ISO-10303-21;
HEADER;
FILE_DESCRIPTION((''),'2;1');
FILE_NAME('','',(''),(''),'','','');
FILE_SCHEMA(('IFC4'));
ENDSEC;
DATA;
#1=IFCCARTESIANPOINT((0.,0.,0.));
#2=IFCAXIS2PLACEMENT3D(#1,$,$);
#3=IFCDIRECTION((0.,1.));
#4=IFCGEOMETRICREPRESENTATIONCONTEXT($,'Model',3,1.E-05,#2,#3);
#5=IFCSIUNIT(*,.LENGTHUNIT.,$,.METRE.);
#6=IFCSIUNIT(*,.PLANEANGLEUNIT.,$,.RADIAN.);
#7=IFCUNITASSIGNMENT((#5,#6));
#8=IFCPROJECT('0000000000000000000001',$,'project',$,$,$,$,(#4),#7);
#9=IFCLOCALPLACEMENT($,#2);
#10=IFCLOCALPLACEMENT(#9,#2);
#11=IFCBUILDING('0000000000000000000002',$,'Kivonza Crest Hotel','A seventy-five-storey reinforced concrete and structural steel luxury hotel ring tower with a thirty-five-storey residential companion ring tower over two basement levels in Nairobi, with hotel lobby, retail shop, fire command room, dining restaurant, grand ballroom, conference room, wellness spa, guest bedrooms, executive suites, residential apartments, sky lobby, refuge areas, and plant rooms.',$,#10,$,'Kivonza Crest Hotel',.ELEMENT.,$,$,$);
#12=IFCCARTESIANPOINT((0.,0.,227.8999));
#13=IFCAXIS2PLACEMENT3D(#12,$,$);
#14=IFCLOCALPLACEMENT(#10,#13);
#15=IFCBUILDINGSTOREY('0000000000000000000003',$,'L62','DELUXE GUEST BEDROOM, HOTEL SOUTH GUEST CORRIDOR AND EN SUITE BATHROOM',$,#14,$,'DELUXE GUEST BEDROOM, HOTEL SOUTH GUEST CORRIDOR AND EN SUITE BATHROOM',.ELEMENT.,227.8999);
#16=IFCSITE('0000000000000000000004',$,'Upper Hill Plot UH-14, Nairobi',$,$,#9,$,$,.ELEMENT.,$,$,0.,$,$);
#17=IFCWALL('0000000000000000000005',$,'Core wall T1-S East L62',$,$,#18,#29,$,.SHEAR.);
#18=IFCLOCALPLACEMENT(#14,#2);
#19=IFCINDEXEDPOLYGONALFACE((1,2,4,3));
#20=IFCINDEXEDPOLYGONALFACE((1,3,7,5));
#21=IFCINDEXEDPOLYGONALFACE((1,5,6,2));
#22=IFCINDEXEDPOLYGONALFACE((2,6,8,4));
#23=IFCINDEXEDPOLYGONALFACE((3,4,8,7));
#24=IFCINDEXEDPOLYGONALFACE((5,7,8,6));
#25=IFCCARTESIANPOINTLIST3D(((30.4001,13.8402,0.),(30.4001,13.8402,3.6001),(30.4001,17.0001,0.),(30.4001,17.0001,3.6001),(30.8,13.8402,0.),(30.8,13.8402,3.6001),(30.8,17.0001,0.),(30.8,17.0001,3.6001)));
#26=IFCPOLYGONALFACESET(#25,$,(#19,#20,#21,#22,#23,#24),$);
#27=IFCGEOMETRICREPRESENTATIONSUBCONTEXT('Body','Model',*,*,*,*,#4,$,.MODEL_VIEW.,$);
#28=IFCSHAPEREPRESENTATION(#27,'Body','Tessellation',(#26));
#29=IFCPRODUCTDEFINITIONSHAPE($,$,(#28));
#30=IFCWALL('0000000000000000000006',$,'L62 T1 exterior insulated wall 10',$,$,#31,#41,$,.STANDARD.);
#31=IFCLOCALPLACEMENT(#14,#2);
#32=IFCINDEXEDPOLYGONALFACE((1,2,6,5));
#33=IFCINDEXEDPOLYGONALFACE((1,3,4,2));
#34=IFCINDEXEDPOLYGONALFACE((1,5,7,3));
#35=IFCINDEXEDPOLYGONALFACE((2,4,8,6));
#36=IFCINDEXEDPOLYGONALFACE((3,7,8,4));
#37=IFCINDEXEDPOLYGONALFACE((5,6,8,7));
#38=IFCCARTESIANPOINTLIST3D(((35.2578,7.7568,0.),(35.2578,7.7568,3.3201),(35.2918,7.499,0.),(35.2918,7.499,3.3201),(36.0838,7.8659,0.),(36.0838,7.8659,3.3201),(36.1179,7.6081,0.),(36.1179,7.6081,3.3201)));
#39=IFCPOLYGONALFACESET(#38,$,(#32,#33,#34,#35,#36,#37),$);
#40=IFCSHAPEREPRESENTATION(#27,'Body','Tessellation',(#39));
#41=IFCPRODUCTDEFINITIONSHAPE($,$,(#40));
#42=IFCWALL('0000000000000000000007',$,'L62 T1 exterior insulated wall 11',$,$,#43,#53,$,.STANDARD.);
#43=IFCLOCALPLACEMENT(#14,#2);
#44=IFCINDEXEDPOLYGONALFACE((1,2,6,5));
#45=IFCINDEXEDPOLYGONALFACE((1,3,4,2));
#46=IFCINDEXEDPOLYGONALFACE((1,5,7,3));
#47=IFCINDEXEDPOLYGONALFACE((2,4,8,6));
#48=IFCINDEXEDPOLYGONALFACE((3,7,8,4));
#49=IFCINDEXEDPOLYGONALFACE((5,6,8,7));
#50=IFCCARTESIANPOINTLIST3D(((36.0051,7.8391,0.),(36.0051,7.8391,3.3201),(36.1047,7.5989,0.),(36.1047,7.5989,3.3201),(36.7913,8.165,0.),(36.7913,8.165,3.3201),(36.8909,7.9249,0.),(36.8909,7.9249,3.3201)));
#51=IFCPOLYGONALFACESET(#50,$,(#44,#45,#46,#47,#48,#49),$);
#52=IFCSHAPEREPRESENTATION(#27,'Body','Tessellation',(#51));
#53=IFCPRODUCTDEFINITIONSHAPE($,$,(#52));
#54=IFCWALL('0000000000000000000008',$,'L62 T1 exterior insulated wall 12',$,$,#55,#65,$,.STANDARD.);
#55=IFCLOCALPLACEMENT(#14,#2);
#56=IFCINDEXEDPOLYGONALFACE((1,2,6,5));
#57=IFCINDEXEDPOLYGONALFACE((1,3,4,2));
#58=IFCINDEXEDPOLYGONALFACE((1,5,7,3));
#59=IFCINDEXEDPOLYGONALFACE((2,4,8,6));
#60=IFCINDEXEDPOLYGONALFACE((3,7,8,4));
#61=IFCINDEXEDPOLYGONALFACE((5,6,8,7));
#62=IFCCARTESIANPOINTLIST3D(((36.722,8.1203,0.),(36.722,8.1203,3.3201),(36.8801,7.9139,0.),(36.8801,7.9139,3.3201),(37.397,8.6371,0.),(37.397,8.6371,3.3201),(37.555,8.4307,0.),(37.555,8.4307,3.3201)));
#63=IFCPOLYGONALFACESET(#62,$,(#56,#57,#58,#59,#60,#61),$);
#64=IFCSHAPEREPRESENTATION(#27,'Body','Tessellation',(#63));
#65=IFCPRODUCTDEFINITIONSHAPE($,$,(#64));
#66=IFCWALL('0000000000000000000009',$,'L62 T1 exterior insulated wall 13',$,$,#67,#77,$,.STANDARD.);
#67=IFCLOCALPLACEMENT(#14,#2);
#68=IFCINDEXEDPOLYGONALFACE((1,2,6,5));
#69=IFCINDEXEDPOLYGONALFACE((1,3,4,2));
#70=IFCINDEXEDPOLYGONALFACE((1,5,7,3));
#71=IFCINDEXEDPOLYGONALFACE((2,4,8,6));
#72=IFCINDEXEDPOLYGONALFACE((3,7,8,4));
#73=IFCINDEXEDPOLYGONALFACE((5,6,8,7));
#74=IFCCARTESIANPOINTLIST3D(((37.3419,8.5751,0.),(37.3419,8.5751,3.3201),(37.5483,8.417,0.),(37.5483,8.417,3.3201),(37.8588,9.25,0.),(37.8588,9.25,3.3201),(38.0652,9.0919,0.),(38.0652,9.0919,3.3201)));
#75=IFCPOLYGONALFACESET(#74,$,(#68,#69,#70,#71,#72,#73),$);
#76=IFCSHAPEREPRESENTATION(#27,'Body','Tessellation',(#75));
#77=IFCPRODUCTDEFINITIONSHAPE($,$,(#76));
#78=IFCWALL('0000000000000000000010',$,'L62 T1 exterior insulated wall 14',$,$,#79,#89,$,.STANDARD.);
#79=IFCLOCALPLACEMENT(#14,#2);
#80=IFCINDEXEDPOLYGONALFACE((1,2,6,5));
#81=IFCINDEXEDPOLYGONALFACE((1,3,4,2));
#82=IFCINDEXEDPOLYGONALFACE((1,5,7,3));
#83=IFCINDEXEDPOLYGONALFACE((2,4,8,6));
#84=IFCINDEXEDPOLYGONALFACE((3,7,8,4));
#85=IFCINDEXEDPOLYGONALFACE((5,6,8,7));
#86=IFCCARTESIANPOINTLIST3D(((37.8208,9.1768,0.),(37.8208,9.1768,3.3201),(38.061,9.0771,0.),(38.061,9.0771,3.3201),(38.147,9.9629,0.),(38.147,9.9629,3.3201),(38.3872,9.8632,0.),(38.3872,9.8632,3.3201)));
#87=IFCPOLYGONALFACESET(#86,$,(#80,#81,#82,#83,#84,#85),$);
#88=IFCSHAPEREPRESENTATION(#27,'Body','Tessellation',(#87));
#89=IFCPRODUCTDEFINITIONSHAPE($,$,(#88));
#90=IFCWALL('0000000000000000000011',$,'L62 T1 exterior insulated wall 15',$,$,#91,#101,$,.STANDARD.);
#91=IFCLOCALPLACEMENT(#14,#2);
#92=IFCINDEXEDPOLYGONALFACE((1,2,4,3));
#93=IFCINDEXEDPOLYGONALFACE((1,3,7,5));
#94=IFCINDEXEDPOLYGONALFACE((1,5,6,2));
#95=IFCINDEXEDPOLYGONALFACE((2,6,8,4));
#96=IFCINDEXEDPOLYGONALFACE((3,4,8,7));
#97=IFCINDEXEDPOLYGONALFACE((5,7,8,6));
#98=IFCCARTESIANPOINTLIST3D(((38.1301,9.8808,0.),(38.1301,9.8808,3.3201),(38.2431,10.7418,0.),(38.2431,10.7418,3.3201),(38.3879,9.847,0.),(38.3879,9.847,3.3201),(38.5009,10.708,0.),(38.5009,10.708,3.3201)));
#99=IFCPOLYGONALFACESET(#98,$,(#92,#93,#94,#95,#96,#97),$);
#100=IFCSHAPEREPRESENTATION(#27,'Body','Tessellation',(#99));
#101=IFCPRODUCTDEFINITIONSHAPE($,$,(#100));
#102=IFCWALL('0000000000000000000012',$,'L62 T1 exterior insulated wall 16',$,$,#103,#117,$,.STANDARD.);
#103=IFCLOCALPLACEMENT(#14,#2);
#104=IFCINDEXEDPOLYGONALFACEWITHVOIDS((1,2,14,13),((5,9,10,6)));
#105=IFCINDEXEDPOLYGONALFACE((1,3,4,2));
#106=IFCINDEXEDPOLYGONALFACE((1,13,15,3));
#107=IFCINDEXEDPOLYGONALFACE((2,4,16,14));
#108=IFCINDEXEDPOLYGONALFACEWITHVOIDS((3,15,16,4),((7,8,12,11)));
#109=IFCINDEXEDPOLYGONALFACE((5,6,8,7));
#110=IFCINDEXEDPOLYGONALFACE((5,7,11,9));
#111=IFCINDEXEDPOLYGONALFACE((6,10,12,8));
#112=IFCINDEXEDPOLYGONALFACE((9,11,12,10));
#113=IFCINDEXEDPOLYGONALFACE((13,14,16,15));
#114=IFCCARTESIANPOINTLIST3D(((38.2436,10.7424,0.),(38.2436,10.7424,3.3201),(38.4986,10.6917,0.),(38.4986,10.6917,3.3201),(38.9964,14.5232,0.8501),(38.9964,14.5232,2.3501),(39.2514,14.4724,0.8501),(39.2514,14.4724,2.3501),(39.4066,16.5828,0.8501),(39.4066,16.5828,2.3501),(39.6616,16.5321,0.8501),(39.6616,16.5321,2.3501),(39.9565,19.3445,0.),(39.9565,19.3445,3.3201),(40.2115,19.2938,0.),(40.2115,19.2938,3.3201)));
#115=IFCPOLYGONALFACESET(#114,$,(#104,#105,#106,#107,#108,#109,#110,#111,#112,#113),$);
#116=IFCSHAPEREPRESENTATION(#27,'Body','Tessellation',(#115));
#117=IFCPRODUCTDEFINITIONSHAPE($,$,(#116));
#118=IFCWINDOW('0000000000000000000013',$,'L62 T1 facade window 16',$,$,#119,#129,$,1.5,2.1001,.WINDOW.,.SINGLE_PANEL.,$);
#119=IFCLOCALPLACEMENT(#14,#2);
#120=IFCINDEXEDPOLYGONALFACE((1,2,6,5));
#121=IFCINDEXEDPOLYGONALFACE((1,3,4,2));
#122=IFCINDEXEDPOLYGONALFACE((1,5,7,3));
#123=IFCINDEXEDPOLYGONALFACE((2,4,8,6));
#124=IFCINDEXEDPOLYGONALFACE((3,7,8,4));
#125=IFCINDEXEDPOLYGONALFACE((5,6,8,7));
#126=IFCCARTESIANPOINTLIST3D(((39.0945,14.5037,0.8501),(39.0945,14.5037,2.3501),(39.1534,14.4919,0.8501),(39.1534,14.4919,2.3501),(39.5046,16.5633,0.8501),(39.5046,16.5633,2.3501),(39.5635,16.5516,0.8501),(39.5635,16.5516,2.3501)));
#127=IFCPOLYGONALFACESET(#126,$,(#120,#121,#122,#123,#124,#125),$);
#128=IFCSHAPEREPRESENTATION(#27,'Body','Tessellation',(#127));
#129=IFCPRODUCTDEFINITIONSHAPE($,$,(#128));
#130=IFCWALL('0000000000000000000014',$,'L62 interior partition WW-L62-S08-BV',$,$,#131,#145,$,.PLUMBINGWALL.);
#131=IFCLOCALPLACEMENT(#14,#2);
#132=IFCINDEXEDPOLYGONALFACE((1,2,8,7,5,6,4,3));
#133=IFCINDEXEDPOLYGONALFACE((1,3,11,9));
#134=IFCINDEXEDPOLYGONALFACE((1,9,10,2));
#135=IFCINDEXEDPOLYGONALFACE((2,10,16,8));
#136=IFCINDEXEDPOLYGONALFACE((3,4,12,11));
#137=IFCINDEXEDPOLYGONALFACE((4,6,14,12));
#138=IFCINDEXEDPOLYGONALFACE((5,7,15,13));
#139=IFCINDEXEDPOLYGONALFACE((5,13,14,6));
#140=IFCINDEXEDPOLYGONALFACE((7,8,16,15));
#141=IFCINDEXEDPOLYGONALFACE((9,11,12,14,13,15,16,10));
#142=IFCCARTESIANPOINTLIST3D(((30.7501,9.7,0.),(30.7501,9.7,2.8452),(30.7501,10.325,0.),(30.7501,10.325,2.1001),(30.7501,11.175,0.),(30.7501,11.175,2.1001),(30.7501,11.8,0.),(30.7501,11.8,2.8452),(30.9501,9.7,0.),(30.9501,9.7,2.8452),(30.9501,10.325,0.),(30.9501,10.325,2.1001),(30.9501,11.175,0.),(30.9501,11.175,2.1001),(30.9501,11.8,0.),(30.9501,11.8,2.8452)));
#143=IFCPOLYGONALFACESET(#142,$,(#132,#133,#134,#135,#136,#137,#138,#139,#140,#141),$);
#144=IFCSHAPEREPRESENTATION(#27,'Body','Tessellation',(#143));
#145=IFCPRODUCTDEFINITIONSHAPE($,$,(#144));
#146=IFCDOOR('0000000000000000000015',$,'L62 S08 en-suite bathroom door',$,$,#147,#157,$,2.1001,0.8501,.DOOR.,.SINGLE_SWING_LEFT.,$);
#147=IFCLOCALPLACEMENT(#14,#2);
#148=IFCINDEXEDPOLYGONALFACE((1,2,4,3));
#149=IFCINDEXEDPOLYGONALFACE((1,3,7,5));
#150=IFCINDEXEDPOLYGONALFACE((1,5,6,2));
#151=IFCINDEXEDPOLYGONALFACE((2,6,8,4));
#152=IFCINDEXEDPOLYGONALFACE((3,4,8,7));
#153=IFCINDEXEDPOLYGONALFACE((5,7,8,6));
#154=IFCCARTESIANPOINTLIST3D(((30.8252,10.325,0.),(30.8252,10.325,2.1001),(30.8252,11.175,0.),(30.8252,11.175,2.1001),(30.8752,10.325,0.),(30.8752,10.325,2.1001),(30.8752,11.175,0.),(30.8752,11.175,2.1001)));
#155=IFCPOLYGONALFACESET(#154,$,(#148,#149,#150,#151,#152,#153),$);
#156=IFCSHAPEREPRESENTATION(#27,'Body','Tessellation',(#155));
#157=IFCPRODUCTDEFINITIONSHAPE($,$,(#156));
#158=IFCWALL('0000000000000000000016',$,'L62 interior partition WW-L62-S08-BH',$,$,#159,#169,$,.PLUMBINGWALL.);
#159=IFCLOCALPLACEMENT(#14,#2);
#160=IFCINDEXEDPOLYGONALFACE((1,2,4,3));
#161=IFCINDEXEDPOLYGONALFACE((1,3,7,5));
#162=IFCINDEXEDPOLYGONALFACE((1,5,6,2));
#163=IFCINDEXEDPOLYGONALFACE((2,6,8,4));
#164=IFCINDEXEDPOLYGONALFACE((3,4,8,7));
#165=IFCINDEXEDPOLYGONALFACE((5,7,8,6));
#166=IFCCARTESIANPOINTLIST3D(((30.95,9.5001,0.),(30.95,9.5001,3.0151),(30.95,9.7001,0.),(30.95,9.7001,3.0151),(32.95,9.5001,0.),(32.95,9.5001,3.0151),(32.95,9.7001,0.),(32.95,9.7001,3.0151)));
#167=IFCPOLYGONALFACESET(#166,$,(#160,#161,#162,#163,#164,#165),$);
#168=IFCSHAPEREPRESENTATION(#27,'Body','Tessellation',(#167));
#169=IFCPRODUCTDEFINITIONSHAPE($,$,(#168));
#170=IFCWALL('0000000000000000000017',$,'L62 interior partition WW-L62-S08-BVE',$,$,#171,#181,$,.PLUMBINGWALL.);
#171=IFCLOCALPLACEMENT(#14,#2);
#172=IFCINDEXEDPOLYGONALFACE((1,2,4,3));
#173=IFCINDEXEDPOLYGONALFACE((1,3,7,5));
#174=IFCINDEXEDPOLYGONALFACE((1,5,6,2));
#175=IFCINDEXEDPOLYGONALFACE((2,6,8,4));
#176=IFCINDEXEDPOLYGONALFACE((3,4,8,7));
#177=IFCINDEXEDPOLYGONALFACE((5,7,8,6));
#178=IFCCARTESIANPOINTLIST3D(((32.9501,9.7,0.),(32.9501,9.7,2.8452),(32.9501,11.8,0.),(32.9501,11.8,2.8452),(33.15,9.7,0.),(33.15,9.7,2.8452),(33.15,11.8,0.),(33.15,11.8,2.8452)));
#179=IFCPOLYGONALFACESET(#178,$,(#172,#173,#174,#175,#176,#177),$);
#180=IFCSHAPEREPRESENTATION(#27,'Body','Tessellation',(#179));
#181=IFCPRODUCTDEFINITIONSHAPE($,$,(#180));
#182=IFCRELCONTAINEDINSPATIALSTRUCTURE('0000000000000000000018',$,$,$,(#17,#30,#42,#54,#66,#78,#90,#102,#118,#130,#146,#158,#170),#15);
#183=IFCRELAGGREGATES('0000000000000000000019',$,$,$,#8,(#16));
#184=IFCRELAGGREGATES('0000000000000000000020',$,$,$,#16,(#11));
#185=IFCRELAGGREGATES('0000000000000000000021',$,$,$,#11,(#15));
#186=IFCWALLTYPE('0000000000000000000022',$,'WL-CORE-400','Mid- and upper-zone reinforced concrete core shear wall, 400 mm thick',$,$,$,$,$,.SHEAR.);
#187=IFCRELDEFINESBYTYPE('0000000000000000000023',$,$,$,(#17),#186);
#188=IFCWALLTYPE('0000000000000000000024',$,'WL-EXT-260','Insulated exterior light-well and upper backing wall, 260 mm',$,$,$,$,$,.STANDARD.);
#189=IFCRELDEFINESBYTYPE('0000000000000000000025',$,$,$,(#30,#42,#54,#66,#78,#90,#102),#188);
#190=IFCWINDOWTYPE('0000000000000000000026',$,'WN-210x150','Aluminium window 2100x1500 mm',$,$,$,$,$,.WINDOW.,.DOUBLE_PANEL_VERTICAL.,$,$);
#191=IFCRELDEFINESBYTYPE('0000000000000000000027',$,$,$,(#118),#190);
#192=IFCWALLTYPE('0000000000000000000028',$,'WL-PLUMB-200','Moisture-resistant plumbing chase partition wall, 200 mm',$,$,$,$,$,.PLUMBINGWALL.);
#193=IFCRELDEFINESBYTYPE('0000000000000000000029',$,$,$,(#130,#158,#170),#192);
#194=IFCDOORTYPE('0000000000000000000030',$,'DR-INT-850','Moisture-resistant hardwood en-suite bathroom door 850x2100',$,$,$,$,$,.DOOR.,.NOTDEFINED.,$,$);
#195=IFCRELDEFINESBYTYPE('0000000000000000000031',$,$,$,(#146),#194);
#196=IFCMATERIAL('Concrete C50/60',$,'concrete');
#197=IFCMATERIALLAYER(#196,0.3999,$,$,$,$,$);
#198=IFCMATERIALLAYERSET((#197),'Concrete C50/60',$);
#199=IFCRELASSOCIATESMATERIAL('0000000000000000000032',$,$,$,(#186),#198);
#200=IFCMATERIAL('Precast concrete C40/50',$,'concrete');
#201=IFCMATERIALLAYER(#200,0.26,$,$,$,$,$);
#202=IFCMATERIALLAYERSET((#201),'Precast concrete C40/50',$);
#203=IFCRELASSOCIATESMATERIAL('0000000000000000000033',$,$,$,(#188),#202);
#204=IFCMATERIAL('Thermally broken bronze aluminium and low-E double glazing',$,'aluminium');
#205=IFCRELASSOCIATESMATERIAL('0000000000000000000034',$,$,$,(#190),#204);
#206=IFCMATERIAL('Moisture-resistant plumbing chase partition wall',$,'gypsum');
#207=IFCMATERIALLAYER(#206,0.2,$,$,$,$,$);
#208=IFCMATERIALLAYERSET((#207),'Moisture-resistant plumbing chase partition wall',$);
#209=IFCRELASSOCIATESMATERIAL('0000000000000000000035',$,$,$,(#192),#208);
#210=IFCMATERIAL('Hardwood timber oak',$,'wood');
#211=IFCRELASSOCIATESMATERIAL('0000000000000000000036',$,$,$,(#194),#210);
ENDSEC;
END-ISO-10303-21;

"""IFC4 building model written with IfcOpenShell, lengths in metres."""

from ifc_helpers import new_model, si_unit, direction, frame, frame_2d, origin, place, context, subcontext, project, spatial, rectangle, extrude, material, layer, layer_set, type_object, element, fill, save


model = new_model("IFC4")

# Units and contexts
model_context = context("Model", 3, precision=1e-05, world=origin(), true_north=direction((0.0, 1.0)))
body_context = subcontext(model_context, "Body", "Model", "MODEL_VIEW")
ifc_project = project(units=[si_unit("LENGTHUNIT", "METRE"), si_unit("PLANEANGLEUNIT", "RADIAN")], contexts=[model_context])

# Site, building, storey
site_placement = place(None, origin())
site = spatial("IfcSite", under=ifc_project, at=site_placement, Name="Upper Hill Plot UH-14, Nairobi", CompositionType="ELEMENT", RefElevation=0.0)
building_placement = place(site_placement, origin())
building = spatial("IfcBuilding", under=site, at=building_placement, Name="Kivonza Crest Hotel", Description="A seventy-five-storey reinforced concrete and structural steel luxury hotel ring tower with a thirty-five-storey residential companion ring tower over two basement levels in Nairobi, with hotel lobby, retail shop, fire command room, dining restaurant, grand ballroom, conference room, wellness spa, guest bedrooms, executive suites, residential apartments, sky lobby, refuge areas, and plant rooms.", LongName="Kivonza Crest Hotel", CompositionType="ELEMENT")
storey_placement = place(building_placement, frame((0.0, 0.0, 227.8999)))
storey = spatial("IfcBuildingStorey", under=building, at=storey_placement, Name="L62", Description="DELUXE GUEST BEDROOM, HOTEL SOUTH GUEST CORRIDOR AND EN SUITE BATHROOM", LongName="DELUXE GUEST BEDROOM, HOTEL SOUTH GUEST CORRIDOR AND EN SUITE BATHROOM", CompositionType="ELEMENT", Elevation=227.8999)

# Shared definitions
ifc_material_1 = material(Name="Concrete C50/60", Category="concrete")

# Shared definitions
ifc_material_2 = material(Name="Hardwood timber oak", Category="wood")

# Walls
ifc_layer_1 = layer(ifc_material_1, 0.3999)
ifc_layer_set_1 = layer_set([ifc_layer_1], Name="Concrete C50/60")
wall_type_1 = type_object("IfcWallType", Name="WL-CORE-400", Description="Mid- and upper-zone reinforced concrete core shear wall, 400 mm thick", PredefinedType="SHEAR", material=ifc_layer_set_1)
wall_1_placement = place(storey_placement, frame((30.6001, 13.8401, 0.0), z_axis=(0.0, 0.0, 1.0), x_axis=(0.0, 1.0, 0.0)))
element("IfcWall", 1, at=wall_1_placement, inside=storey, type_object=wall_type_1, Name="Core wall T1-S East L62", PredefinedType="SHEAR", context=body_context, shape_type="SweptSolid", body=[
    extrude(rectangle(XDim=3.1599, YDim=0.3999, at=frame_2d((1.5801, 0.0))), origin(), (0.0, 0.0, 1.0), 3.6001),
])
ifc_material_3 = material(Name="Precast concrete C40/50", Category="concrete")
ifc_layer_2 = layer(ifc_material_3, 0.26)
ifc_layer_set_2 = layer_set([ifc_layer_2], Name="Precast concrete C40/50")
wall_type_2 = type_object("IfcWallType", Name="WL-EXT-260", Description="Insulated exterior light-well and upper backing wall, 260 mm", PredefinedType="STANDARD", material=ifc_layer_set_2)
wall_2_placement = place(storey_placement, frame((35.2749, 7.6279, 0.0), z_axis=(0.0, 0.0, 1.0), x_axis=(0.991388, 0.130955, 0.0)))
element("IfcWall", 2, at=wall_2_placement, inside=storey, type_object=wall_type_2, Name="L62 T1 exterior insulated wall 10", PredefinedType="STANDARD", context=body_context, shape_type="SweptSolid", body=[
    extrude(rectangle(XDim=0.8333, YDim=0.26, at=frame_2d((0.4165, 0.0))), origin(), (0.0, 0.0, 1.0), 3.3201),
])
wall_3_placement = place(storey_placement, frame((36.0549, 7.719, 0.0), z_axis=(0.0, 0.0, 1.0), x_axis=(0.923754, 0.382985, 0.0)))
element("IfcWall", 3, at=wall_3_placement, inside=storey, type_object=wall_type_2, Name="L62 T1 exterior insulated wall 11", PredefinedType="STANDARD", context=body_context, shape_type="SweptSolid", body=[
    extrude(rectangle(XDim=0.8511, YDim=0.26, at=frame_2d((0.4255, 0.0))), origin(), (0.0, 0.0, 1.0), 3.3201),
])
for number, where, z_axis, x_axis, name in (
    (4, (36.801, 8.0171, 0.0), (0.0, 0.0, 1.0), (0.793999, 0.607919, 0.0), "L62 T1 exterior insulated wall 12"),
    (5, (37.4451, 8.4961, 0.0), (0.0, 0.0, 1.0), (0.608058, 0.793893, 0.0), "L62 T1 exterior insulated wall 13"),
):
    element("IfcWall", number, at=place(storey_placement, frame(where, z_axis=z_axis, x_axis=x_axis)), inside=storey, type_object=wall_type_2, Name=name, PredefinedType="STANDARD", context=body_context, shape_type="SweptSolid", body=[
        extrude(rectangle(XDim=0.8501, YDim=0.26, at=frame_2d((0.425, 0.0))), origin(), (0.0, 0.0, 1.0), 3.3201),
    ])
wall_4_placement = place(storey_placement, frame((37.9409, 9.127, 0.0), z_axis=(0.0, 0.0, 1.0), x_axis=(0.38323, 0.923653, 0.0)))
element("IfcWall", 6, at=wall_4_placement, inside=storey, type_object=wall_type_2, Name="L62 T1 exterior insulated wall 14", PredefinedType="STANDARD", context=body_context, shape_type="SweptSolid", body=[
    extrude(rectangle(XDim=0.8511, YDim=0.26, at=frame_2d((0.4255, 0.0))), origin(), (0.0, 0.0, 1.0), 3.3201),
])
wall_5_placement = place(storey_placement, frame((38.259, 9.864, 0.0), z_axis=(0.0, 0.0, 1.0), x_axis=(0.130156, 0.991493, 0.0)))
element("IfcWall", 7, at=wall_5_placement, inside=storey, type_object=wall_type_2, Name="L62 T1 exterior insulated wall 15", PredefinedType="STANDARD", context=body_context, shape_type="SweptSolid", body=[
    extrude(rectangle(XDim=0.8684, YDim=0.26, at=frame_2d((0.4341, 0.0))), origin(), (0.0, 0.0, 1.0), 3.3201),
])

# Wall, opening, window
wall_6_placement = place(storey_placement, frame((38.3711, 10.717, 0.0), z_axis=(0.0, 0.0, 1.0), x_axis=(0.195292, 0.980745, 0.0)))
wall_6 = element("IfcWall", 8, at=wall_6_placement, inside=storey, type_object=wall_type_2, Name="L62 T1 exterior insulated wall 16", PredefinedType="STANDARD", context=body_context, shape_type="SweptSolid", body=[
    extrude(rectangle(XDim=8.771, YDim=0.26, at=frame_2d((4.3855, 0.0))), origin(), (0.0, 0.0, 1.0), 3.3201),
])
opening_1_placement = place(wall_6_placement, frame((3.855, 0.0, 0.8501)))
opening_1 = element("IfcOpeningElement", 9, at=opening_1_placement, cuts=wall_6, PredefinedType="OPENING", context=body_context, shape_type="SweptSolid", body=[
    extrude(rectangle(XDim=2.1001, YDim=1.5, at=frame_2d((1.05, 0.75))), frame((0.0, 0.1401, 0.0), z_axis=(0.0, -1.0, 0.0), x_axis=(1.0, 0.0, 0.0)), (0.0, 0.0, 1.0), 0.28),
])
ifc_material_4 = material(Name="Thermally broken bronze aluminium and low-E double glazing", Category="aluminium")
window_type = type_object("IfcWindowType", Name="WN-210x150", Description="Aluminium window 2100x1500 mm", PartitioningType="DOUBLE_PANEL_VERTICAL", PredefinedType="WINDOW", material=ifc_material_4)
window_placement = place(opening_1_placement, origin())
window = element("IfcWindow", 10, at=window_placement, inside=storey, type_object=window_type, Name="L62 T1 facade window 16", OverallHeight=1.5, OverallWidth=2.1001, PartitioningType="SINGLE_PANEL", PredefinedType="WINDOW", context=body_context, shape_type="SweptSolid", body=[
    extrude(rectangle(XDim=2.1001, YDim=1.5, at=frame_2d((1.05, 0.75))), frame((0.0, 0.03, 0.0), z_axis=(0.0, -1.0, 0.0), x_axis=(1.0, 0.0, 0.0)), (0.0, 0.0, 1.0), 0.0601),
])
fill(opening_1, window)

# Wall, opening, door
ifc_material_5 = material(Name="Moisture-resistant plumbing chase partition wall", Category="gypsum")
ifc_layer_3 = layer(ifc_material_5, 0.2)
ifc_layer_set_3 = layer_set([ifc_layer_3], Name="Moisture-resistant plumbing chase partition wall")
wall_type_3 = type_object("IfcWallType", Name="WL-PLUMB-200", Description="Moisture-resistant plumbing chase partition wall, 200 mm", PredefinedType="PLUMBINGWALL", material=ifc_layer_set_3)
wall_7_placement = place(storey_placement, frame((30.8501, 9.7, 0.0), z_axis=(0.0, 0.0, 1.0), x_axis=(0.0, 1.0, 0.0)))
wall_7 = element("IfcWall", 11, at=wall_7_placement, inside=storey, type_object=wall_type_3, Name="L62 interior partition WW-L62-S08-BV", PredefinedType="PLUMBINGWALL", context=body_context, shape_type="SweptSolid", body=[
    extrude(rectangle(XDim=2.1001, YDim=0.2, at=frame_2d((1.05, 0.0))), origin(), (0.0, 0.0, 1.0), 2.8452),
])
opening_2_placement = place(wall_7_placement, frame((0.625, 0.0, 0.0)))
opening_2 = element("IfcOpeningElement", 12, at=opening_2_placement, cuts=wall_7, PredefinedType="OPENING", context=body_context, shape_type="SweptSolid", body=[
    extrude(rectangle(XDim=0.8501, YDim=2.1001, at=frame_2d((0.425, 1.05))), frame((0.0, 0.1099, 0.0), z_axis=(0.0, -1.0, 0.0), x_axis=(1.0, 0.0, 0.0)), (0.0, 0.0, 1.0), 0.22),
])
door_type_1 = type_object("IfcDoorType", Name="DR-INT-850", Description="Moisture-resistant hardwood en-suite bathroom door 850x2100", OperationType="NOTDEFINED", PredefinedType="DOOR", material=ifc_material_2)
door_1_placement = place(opening_2_placement, origin())
door_1 = element("IfcDoor", 13, at=door_1_placement, inside=storey, type_object=door_type_1, Name="L62 S08 en-suite bathroom door", OperationType="SINGLE_SWING_LEFT", OverallHeight=2.1001, OverallWidth=0.8501, PredefinedType="DOOR", context=body_context, shape_type="SweptSolid", body=[
    extrude(rectangle(XDim=0.8501, YDim=2.1001, at=frame_2d((0.425, 1.05))), frame((0.0, 0.0249, 0.0), z_axis=(0.0, -1.0, 0.0), x_axis=(1.0, 0.0, 0.0)), (0.0, 0.0, 1.0), 0.05),
])
fill(opening_2, door_1)

# Walls
wall_8_placement = place(storey_placement, frame((30.95, 9.6001, 0.0), z_axis=(0.0, 0.0, 1.0), x_axis=(1.0, 0.0, 0.0)))
element("IfcWall", 14, at=wall_8_placement, inside=storey, type_object=wall_type_3, Name="L62 interior partition WW-L62-S08-BH", PredefinedType="PLUMBINGWALL", context=body_context, shape_type="SweptSolid", body=[
    extrude(rectangle(XDim=2.0, YDim=0.2, at=frame_2d((1.0, 0.0))), origin(), (0.0, 0.0, 1.0), 3.0151),
])
wall_9_placement = place(storey_placement, frame((33.05, 9.7, 0.0), z_axis=(0.0, 0.0, 1.0), x_axis=(0.0, 1.0, 0.0)))
element("IfcWall", 15, at=wall_9_placement, inside=storey, type_object=wall_type_3, Name="L62 interior partition WW-L62-S08-BVE", PredefinedType="PLUMBINGWALL", context=body_context, shape_type="SweptSolid", body=[
    extrude(rectangle(XDim=2.1001, YDim=0.2, at=frame_2d((1.05, 0.0))), origin(), (0.0, 0.0, 1.0), 2.8452),
])

save(model, "model.ifc")
